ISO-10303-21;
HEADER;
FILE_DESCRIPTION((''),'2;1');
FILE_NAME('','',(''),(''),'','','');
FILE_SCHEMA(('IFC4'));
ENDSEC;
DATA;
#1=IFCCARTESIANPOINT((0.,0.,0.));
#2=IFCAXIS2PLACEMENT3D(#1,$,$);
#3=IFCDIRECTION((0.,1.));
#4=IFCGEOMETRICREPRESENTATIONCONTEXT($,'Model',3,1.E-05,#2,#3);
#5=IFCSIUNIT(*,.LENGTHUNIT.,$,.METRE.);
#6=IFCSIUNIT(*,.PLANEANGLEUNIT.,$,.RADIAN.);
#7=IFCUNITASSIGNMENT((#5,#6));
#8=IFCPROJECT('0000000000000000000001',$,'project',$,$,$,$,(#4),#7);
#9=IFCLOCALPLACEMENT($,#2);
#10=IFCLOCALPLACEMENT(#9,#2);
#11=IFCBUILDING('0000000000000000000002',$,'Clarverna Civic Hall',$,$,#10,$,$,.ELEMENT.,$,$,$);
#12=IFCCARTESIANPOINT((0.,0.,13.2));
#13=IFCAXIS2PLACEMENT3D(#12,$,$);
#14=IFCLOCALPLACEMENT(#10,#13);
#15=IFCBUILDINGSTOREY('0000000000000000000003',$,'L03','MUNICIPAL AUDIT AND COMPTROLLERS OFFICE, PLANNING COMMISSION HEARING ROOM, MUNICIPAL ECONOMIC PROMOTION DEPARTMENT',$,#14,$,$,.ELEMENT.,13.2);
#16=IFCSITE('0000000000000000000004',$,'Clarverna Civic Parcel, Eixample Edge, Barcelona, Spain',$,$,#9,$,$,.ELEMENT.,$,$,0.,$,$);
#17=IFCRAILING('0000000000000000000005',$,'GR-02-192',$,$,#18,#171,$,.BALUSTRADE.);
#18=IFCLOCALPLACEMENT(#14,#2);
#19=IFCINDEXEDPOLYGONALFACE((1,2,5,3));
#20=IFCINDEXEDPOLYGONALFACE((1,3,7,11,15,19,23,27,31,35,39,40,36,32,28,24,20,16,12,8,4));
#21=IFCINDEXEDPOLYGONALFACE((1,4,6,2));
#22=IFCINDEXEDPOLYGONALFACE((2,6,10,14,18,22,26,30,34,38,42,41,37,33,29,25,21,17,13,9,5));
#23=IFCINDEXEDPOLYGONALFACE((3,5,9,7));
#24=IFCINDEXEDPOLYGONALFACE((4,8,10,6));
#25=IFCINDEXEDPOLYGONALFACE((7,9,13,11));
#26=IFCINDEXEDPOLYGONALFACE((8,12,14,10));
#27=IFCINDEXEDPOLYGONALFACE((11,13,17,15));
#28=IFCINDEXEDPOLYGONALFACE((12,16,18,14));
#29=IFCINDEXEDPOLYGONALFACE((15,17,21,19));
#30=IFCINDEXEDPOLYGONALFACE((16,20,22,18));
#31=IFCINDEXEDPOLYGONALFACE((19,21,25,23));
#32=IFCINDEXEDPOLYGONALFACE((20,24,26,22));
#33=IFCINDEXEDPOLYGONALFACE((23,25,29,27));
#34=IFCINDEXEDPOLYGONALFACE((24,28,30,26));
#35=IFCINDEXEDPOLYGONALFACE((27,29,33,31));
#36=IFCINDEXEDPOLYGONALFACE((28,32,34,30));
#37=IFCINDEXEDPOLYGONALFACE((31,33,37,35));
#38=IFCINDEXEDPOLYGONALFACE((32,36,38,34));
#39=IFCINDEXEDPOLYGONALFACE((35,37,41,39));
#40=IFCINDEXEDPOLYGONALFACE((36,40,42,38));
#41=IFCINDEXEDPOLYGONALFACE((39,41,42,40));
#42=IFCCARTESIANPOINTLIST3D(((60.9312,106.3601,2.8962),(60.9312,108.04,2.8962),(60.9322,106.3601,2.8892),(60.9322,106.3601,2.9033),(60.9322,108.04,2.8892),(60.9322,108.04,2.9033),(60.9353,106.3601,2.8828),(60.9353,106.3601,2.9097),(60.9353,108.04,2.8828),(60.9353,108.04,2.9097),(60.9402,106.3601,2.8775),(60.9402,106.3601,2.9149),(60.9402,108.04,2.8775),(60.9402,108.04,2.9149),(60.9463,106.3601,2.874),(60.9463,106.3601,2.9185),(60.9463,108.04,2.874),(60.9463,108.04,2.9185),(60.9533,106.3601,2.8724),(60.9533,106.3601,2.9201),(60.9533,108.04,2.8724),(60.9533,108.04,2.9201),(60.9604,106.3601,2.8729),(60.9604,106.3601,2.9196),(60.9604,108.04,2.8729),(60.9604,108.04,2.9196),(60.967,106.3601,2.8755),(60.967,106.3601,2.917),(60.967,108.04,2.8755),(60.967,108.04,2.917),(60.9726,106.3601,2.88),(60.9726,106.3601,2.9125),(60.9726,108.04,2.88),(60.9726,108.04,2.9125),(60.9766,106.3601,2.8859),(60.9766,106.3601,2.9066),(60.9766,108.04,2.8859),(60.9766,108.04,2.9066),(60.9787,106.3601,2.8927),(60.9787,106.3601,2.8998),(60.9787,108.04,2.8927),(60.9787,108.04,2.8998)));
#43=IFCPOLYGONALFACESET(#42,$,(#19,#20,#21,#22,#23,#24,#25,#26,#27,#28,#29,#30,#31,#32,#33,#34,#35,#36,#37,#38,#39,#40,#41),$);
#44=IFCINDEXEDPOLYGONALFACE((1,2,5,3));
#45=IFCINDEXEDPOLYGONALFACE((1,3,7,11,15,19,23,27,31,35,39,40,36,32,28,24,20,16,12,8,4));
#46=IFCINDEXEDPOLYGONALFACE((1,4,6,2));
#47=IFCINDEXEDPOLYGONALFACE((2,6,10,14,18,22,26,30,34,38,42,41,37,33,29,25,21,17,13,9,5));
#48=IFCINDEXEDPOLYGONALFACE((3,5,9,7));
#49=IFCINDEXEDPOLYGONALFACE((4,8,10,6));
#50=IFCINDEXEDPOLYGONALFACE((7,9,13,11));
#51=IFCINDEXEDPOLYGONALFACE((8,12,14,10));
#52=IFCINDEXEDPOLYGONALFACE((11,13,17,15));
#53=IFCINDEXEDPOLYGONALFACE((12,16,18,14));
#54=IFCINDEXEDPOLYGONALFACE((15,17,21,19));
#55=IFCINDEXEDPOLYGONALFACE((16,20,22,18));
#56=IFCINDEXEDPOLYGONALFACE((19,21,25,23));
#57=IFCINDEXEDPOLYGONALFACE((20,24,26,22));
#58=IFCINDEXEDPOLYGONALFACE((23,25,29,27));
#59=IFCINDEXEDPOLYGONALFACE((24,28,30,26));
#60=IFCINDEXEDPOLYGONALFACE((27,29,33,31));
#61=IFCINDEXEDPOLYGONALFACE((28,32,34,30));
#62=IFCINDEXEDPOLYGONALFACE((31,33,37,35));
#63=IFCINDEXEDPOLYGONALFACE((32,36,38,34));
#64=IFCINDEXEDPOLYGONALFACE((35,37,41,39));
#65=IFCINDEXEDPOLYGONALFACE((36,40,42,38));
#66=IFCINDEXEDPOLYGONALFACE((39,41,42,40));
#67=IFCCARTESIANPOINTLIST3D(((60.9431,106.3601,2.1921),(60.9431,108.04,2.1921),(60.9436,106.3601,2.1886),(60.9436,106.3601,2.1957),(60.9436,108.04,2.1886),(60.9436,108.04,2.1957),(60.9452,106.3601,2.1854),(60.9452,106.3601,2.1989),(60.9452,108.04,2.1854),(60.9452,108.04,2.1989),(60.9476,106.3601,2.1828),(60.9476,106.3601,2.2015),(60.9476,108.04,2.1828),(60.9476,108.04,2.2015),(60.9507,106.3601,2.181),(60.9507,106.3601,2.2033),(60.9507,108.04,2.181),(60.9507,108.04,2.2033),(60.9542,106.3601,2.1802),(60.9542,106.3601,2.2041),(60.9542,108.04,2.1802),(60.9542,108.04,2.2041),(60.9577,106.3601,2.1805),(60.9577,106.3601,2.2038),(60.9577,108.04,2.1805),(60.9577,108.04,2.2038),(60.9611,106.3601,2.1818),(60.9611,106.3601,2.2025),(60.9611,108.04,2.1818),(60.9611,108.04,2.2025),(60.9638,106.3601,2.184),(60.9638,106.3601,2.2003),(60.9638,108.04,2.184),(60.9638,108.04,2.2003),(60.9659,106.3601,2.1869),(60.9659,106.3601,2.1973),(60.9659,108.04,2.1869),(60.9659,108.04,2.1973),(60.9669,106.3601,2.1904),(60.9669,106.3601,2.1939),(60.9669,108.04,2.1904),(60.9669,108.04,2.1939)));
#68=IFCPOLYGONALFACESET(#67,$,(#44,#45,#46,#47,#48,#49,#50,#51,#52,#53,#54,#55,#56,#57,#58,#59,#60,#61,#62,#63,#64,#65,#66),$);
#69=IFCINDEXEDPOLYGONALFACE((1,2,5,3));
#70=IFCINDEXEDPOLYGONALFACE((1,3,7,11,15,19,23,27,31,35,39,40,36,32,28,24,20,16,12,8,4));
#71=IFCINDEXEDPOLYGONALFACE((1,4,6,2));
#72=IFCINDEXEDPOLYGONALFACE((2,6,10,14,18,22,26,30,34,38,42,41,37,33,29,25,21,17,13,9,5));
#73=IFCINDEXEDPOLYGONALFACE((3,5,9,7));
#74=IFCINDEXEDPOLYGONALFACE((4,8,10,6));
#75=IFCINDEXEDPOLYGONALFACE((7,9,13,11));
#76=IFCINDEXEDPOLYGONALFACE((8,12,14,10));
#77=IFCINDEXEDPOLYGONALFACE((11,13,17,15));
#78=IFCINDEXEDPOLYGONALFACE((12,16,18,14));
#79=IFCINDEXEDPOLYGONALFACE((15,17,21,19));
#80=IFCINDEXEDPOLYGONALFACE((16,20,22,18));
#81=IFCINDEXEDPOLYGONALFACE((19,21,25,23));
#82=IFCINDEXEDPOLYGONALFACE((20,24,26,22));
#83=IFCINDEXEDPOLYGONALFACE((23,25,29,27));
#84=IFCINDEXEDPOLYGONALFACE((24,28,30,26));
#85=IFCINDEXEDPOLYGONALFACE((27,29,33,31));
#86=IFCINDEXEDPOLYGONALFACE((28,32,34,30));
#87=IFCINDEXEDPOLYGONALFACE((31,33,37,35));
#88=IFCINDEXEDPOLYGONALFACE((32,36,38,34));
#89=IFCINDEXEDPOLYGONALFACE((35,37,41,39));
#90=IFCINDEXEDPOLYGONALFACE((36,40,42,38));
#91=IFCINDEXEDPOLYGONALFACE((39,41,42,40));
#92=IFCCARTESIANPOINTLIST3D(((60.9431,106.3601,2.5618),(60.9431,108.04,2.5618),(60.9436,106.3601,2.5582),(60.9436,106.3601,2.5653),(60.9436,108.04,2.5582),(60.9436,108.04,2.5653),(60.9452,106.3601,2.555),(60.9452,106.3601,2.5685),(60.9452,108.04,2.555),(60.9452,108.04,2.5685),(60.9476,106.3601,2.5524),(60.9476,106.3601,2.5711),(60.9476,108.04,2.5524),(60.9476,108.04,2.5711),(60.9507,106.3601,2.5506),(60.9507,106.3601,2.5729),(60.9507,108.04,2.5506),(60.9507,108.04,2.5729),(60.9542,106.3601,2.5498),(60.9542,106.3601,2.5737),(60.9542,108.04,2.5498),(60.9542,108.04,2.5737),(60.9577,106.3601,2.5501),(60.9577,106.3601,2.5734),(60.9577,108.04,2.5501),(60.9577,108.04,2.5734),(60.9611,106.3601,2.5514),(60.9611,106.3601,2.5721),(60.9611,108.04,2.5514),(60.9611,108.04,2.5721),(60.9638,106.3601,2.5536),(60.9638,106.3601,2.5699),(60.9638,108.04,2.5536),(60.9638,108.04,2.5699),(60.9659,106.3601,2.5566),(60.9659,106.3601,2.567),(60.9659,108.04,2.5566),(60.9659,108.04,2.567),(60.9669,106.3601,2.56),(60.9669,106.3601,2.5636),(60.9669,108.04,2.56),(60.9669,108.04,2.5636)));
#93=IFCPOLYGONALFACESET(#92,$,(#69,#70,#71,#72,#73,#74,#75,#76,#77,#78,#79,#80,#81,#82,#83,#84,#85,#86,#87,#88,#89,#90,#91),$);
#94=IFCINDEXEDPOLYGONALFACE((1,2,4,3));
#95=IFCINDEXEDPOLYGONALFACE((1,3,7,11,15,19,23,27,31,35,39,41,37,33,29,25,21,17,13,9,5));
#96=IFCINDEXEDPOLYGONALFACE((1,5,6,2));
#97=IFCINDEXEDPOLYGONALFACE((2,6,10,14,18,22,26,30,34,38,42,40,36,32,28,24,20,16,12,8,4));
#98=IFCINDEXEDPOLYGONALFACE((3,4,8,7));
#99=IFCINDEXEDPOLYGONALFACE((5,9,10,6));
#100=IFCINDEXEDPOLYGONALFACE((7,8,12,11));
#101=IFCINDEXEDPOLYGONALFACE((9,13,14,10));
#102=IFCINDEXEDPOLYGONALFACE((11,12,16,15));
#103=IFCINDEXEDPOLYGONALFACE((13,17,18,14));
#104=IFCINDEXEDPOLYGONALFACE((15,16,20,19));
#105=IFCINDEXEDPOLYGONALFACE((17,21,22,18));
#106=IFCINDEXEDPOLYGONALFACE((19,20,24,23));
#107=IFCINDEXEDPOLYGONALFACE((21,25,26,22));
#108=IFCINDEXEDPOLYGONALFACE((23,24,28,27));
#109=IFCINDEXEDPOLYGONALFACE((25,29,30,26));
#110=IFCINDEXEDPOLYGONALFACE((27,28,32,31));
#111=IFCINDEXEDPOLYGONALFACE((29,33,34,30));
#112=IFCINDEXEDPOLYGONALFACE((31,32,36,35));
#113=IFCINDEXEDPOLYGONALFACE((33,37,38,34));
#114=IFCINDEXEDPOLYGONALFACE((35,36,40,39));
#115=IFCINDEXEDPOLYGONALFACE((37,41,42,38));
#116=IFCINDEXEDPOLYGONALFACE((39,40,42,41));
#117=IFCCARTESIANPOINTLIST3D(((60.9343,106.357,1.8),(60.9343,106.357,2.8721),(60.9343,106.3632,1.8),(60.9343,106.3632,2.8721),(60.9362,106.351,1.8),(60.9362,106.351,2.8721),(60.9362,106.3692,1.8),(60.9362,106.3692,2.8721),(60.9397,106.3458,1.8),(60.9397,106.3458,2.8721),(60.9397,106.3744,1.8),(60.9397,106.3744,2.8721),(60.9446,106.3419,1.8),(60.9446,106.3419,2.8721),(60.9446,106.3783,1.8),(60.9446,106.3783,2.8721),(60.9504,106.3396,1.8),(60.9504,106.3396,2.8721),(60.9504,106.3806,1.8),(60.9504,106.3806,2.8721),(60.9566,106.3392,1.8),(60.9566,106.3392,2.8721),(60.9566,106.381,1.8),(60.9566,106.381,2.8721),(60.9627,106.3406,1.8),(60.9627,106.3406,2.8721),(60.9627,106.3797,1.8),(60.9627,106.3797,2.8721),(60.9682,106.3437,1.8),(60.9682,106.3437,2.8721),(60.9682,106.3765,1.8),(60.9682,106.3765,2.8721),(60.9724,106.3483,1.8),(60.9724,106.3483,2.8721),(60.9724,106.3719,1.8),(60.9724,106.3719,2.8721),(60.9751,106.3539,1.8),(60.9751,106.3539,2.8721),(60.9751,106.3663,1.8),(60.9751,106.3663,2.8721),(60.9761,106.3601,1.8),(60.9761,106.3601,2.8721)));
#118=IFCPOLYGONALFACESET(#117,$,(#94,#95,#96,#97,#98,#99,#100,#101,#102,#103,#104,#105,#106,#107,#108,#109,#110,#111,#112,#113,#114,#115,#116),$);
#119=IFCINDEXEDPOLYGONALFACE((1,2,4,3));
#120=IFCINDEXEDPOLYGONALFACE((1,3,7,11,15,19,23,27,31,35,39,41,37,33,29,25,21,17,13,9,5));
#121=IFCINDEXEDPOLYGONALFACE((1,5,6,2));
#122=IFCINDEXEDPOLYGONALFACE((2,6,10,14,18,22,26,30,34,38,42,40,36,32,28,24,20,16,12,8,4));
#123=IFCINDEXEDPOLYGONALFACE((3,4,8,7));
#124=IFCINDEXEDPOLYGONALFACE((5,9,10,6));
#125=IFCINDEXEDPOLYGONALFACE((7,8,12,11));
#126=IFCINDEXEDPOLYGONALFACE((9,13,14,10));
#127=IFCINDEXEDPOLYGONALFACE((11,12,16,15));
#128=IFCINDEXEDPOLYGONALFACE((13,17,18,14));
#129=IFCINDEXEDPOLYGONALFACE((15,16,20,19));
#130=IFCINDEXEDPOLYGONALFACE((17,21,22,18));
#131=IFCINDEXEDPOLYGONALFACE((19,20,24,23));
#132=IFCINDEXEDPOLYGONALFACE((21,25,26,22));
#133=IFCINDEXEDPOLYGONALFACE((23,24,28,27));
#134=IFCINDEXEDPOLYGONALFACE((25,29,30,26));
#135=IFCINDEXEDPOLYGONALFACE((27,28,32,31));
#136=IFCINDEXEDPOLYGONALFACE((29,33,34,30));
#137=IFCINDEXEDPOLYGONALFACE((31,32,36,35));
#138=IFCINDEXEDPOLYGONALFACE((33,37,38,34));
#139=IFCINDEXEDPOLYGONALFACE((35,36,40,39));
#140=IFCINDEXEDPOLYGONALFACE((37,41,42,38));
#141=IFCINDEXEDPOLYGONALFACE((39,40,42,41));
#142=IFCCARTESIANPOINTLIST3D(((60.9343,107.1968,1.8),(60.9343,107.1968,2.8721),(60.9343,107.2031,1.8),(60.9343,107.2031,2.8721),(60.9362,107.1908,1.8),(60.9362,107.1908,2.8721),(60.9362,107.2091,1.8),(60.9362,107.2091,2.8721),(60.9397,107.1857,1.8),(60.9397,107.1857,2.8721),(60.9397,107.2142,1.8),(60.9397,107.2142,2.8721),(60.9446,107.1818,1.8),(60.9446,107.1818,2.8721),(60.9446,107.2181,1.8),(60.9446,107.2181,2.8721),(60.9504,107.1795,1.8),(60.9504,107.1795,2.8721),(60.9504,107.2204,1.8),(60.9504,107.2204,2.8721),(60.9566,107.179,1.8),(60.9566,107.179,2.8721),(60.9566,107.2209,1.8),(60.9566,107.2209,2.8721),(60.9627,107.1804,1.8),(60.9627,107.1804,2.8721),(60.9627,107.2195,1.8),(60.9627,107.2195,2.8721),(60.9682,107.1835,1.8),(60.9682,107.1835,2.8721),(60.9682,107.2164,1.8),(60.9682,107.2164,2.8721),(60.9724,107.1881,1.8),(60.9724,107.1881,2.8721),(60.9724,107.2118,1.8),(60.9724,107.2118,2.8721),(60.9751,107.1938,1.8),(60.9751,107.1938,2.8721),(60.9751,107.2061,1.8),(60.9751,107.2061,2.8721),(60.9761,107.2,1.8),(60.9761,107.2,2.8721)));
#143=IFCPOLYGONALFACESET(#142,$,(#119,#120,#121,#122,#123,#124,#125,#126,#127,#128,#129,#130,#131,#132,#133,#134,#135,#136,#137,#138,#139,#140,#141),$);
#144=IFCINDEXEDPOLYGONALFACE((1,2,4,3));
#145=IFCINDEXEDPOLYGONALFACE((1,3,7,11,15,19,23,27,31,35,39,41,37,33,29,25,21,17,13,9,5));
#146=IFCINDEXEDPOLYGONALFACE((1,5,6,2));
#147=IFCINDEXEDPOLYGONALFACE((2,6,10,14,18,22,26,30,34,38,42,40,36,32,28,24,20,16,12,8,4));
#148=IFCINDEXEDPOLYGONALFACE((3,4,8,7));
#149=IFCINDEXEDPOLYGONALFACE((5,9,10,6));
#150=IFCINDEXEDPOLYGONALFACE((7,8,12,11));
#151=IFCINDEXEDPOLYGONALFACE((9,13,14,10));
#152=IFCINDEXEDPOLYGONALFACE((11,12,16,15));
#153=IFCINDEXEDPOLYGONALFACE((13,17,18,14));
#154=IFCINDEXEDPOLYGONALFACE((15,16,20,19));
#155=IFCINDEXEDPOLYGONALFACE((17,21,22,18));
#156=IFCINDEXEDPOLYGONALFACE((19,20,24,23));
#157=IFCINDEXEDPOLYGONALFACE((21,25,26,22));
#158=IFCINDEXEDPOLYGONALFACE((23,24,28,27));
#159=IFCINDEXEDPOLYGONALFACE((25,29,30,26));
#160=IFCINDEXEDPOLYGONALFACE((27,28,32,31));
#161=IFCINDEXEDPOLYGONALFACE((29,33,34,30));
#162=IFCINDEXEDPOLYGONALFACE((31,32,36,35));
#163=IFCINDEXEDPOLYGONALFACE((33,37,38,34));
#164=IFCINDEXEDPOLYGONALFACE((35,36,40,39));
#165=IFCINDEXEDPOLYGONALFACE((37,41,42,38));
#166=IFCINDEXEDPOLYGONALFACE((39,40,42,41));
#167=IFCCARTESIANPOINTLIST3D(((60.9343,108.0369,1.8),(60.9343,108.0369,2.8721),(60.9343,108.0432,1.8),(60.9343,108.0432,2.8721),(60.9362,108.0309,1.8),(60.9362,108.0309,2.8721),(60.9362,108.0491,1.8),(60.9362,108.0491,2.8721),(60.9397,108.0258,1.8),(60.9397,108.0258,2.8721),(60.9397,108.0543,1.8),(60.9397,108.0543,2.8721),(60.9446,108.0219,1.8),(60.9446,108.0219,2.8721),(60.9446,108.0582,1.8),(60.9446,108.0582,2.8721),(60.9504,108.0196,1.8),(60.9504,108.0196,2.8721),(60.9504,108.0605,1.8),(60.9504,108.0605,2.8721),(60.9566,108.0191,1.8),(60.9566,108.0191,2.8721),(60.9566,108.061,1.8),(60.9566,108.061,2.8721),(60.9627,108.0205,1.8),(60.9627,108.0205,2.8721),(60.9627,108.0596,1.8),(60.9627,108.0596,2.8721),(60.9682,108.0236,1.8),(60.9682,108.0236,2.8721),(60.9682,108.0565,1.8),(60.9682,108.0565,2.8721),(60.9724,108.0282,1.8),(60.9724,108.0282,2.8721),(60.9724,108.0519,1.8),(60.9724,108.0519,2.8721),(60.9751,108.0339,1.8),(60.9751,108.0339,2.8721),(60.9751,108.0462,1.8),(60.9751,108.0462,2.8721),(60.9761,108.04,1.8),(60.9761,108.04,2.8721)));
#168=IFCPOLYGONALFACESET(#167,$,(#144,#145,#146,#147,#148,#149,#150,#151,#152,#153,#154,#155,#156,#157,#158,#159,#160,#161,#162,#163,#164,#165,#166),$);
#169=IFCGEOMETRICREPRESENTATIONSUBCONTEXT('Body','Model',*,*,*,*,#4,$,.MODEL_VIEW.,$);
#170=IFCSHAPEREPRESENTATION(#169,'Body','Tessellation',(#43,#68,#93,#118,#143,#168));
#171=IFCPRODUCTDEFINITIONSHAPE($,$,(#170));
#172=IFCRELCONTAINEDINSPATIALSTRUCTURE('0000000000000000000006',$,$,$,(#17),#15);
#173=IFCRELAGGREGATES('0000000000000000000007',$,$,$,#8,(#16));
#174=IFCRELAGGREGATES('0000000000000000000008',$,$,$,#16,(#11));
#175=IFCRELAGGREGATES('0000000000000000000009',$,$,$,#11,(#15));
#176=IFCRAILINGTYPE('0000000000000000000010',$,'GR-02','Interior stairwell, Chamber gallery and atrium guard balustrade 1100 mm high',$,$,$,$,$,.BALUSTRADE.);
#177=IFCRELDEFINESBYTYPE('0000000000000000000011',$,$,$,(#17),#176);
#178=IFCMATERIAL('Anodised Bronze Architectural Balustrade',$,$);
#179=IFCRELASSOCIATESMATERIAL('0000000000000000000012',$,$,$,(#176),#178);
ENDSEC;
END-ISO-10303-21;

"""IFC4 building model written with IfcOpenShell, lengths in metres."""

from ifc_helpers import new_model, si_unit, direction, frame, origin, origin_2d, place, context, subcontext, project, spatial, circle, extrude, material, type_object, element, save


model = new_model("IFC4")

# Units and contexts
model_context = context("Model", 3, precision=1e-05, world=origin(), true_north=direction((0.0, 1.0)))
body_context = subcontext(model_context, "Body", "Model", "MODEL_VIEW")
ifc_project = project(units=[si_unit("LENGTHUNIT", "METRE"), si_unit("PLANEANGLEUNIT", "RADIAN")], contexts=[model_context])

# Site, building, storey
site_placement = place(None, origin())
site = spatial("IfcSite", under=ifc_project, at=site_placement, Name="Clarverna Civic Parcel, Eixample Edge, Barcelona, Spain", CompositionType="ELEMENT", RefElevation=0.0)
building_placement = place(site_placement, origin())
building = spatial("IfcBuilding", under=site, at=building_placement, Name="Clarverna Civic Hall", CompositionType="ELEMENT")
storey_placement = place(building_placement, frame((0.0, 0.0, 13.2)))
storey = spatial("IfcBuildingStorey", under=building, at=storey_placement, Name="L03", Description="MUNICIPAL AUDIT AND COMPTROLLERS OFFICE, PLANNING COMMISSION HEARING ROOM, MUNICIPAL ECONOMIC PROMOTION DEPARTMENT", CompositionType="ELEMENT", Elevation=13.2)

# Railing
ifc_material_1 = material(Name="Anodised Bronze Architectural Balustrade")
railing_type_1 = type_object("IfcRailingType", Name="GR-02", Description="Interior stairwell, Chamber gallery and atrium guard balustrade 1100 mm high", PredefinedType="BALUSTRADE", material=ifc_material_1)
railing_1_placement = place(storey_placement, frame((60.9551, 106.3601, 1.8)))
element("IfcRailing", 1, at=railing_1_placement, inside=storey, type_object=railing_type_1, Name="GR-02-192", PredefinedType="BALUSTRADE", context=body_context, shape_type="SweptSolid", body=[
    extrude(circle(Radius=0.0239, at=origin_2d()), frame((0.0, 0.0, 1.0962), z_axis=(0.0, 1.0, 0.0), x_axis=(-1.0, 0.0, 0.0)), (0.0, 0.0, 1.0), 1.6799),
    extrude(circle(Radius=0.012, at=origin_2d()), frame((0.0, 0.0, 0.3921), z_axis=(0.0, 1.0, 0.0), x_axis=(-1.0, 0.0, 0.0)), (0.0, 0.0, 1.0), 1.6799),
    extrude(circle(Radius=0.012, at=origin_2d()), frame((0.0, 0.0, 0.7617), z_axis=(0.0, 1.0, 0.0), x_axis=(-1.0, 0.0, 0.0)), (0.0, 0.0, 1.0), 1.6799),
    extrude(circle(Radius=0.021, at=origin_2d()), origin(), (0.0, 0.0, 1.0), 1.072),
    extrude(circle(Radius=0.021, at=origin_2d()), frame((0.0, 0.8398, 0.0)), (0.0, 0.0, 1.0), 1.072),
    extrude(circle(Radius=0.021, at=origin_2d()), frame((0.0, 1.6799, 0.0)), (0.0, 0.0, 1.0), 1.072),
])

save(model, "model.ifc")
